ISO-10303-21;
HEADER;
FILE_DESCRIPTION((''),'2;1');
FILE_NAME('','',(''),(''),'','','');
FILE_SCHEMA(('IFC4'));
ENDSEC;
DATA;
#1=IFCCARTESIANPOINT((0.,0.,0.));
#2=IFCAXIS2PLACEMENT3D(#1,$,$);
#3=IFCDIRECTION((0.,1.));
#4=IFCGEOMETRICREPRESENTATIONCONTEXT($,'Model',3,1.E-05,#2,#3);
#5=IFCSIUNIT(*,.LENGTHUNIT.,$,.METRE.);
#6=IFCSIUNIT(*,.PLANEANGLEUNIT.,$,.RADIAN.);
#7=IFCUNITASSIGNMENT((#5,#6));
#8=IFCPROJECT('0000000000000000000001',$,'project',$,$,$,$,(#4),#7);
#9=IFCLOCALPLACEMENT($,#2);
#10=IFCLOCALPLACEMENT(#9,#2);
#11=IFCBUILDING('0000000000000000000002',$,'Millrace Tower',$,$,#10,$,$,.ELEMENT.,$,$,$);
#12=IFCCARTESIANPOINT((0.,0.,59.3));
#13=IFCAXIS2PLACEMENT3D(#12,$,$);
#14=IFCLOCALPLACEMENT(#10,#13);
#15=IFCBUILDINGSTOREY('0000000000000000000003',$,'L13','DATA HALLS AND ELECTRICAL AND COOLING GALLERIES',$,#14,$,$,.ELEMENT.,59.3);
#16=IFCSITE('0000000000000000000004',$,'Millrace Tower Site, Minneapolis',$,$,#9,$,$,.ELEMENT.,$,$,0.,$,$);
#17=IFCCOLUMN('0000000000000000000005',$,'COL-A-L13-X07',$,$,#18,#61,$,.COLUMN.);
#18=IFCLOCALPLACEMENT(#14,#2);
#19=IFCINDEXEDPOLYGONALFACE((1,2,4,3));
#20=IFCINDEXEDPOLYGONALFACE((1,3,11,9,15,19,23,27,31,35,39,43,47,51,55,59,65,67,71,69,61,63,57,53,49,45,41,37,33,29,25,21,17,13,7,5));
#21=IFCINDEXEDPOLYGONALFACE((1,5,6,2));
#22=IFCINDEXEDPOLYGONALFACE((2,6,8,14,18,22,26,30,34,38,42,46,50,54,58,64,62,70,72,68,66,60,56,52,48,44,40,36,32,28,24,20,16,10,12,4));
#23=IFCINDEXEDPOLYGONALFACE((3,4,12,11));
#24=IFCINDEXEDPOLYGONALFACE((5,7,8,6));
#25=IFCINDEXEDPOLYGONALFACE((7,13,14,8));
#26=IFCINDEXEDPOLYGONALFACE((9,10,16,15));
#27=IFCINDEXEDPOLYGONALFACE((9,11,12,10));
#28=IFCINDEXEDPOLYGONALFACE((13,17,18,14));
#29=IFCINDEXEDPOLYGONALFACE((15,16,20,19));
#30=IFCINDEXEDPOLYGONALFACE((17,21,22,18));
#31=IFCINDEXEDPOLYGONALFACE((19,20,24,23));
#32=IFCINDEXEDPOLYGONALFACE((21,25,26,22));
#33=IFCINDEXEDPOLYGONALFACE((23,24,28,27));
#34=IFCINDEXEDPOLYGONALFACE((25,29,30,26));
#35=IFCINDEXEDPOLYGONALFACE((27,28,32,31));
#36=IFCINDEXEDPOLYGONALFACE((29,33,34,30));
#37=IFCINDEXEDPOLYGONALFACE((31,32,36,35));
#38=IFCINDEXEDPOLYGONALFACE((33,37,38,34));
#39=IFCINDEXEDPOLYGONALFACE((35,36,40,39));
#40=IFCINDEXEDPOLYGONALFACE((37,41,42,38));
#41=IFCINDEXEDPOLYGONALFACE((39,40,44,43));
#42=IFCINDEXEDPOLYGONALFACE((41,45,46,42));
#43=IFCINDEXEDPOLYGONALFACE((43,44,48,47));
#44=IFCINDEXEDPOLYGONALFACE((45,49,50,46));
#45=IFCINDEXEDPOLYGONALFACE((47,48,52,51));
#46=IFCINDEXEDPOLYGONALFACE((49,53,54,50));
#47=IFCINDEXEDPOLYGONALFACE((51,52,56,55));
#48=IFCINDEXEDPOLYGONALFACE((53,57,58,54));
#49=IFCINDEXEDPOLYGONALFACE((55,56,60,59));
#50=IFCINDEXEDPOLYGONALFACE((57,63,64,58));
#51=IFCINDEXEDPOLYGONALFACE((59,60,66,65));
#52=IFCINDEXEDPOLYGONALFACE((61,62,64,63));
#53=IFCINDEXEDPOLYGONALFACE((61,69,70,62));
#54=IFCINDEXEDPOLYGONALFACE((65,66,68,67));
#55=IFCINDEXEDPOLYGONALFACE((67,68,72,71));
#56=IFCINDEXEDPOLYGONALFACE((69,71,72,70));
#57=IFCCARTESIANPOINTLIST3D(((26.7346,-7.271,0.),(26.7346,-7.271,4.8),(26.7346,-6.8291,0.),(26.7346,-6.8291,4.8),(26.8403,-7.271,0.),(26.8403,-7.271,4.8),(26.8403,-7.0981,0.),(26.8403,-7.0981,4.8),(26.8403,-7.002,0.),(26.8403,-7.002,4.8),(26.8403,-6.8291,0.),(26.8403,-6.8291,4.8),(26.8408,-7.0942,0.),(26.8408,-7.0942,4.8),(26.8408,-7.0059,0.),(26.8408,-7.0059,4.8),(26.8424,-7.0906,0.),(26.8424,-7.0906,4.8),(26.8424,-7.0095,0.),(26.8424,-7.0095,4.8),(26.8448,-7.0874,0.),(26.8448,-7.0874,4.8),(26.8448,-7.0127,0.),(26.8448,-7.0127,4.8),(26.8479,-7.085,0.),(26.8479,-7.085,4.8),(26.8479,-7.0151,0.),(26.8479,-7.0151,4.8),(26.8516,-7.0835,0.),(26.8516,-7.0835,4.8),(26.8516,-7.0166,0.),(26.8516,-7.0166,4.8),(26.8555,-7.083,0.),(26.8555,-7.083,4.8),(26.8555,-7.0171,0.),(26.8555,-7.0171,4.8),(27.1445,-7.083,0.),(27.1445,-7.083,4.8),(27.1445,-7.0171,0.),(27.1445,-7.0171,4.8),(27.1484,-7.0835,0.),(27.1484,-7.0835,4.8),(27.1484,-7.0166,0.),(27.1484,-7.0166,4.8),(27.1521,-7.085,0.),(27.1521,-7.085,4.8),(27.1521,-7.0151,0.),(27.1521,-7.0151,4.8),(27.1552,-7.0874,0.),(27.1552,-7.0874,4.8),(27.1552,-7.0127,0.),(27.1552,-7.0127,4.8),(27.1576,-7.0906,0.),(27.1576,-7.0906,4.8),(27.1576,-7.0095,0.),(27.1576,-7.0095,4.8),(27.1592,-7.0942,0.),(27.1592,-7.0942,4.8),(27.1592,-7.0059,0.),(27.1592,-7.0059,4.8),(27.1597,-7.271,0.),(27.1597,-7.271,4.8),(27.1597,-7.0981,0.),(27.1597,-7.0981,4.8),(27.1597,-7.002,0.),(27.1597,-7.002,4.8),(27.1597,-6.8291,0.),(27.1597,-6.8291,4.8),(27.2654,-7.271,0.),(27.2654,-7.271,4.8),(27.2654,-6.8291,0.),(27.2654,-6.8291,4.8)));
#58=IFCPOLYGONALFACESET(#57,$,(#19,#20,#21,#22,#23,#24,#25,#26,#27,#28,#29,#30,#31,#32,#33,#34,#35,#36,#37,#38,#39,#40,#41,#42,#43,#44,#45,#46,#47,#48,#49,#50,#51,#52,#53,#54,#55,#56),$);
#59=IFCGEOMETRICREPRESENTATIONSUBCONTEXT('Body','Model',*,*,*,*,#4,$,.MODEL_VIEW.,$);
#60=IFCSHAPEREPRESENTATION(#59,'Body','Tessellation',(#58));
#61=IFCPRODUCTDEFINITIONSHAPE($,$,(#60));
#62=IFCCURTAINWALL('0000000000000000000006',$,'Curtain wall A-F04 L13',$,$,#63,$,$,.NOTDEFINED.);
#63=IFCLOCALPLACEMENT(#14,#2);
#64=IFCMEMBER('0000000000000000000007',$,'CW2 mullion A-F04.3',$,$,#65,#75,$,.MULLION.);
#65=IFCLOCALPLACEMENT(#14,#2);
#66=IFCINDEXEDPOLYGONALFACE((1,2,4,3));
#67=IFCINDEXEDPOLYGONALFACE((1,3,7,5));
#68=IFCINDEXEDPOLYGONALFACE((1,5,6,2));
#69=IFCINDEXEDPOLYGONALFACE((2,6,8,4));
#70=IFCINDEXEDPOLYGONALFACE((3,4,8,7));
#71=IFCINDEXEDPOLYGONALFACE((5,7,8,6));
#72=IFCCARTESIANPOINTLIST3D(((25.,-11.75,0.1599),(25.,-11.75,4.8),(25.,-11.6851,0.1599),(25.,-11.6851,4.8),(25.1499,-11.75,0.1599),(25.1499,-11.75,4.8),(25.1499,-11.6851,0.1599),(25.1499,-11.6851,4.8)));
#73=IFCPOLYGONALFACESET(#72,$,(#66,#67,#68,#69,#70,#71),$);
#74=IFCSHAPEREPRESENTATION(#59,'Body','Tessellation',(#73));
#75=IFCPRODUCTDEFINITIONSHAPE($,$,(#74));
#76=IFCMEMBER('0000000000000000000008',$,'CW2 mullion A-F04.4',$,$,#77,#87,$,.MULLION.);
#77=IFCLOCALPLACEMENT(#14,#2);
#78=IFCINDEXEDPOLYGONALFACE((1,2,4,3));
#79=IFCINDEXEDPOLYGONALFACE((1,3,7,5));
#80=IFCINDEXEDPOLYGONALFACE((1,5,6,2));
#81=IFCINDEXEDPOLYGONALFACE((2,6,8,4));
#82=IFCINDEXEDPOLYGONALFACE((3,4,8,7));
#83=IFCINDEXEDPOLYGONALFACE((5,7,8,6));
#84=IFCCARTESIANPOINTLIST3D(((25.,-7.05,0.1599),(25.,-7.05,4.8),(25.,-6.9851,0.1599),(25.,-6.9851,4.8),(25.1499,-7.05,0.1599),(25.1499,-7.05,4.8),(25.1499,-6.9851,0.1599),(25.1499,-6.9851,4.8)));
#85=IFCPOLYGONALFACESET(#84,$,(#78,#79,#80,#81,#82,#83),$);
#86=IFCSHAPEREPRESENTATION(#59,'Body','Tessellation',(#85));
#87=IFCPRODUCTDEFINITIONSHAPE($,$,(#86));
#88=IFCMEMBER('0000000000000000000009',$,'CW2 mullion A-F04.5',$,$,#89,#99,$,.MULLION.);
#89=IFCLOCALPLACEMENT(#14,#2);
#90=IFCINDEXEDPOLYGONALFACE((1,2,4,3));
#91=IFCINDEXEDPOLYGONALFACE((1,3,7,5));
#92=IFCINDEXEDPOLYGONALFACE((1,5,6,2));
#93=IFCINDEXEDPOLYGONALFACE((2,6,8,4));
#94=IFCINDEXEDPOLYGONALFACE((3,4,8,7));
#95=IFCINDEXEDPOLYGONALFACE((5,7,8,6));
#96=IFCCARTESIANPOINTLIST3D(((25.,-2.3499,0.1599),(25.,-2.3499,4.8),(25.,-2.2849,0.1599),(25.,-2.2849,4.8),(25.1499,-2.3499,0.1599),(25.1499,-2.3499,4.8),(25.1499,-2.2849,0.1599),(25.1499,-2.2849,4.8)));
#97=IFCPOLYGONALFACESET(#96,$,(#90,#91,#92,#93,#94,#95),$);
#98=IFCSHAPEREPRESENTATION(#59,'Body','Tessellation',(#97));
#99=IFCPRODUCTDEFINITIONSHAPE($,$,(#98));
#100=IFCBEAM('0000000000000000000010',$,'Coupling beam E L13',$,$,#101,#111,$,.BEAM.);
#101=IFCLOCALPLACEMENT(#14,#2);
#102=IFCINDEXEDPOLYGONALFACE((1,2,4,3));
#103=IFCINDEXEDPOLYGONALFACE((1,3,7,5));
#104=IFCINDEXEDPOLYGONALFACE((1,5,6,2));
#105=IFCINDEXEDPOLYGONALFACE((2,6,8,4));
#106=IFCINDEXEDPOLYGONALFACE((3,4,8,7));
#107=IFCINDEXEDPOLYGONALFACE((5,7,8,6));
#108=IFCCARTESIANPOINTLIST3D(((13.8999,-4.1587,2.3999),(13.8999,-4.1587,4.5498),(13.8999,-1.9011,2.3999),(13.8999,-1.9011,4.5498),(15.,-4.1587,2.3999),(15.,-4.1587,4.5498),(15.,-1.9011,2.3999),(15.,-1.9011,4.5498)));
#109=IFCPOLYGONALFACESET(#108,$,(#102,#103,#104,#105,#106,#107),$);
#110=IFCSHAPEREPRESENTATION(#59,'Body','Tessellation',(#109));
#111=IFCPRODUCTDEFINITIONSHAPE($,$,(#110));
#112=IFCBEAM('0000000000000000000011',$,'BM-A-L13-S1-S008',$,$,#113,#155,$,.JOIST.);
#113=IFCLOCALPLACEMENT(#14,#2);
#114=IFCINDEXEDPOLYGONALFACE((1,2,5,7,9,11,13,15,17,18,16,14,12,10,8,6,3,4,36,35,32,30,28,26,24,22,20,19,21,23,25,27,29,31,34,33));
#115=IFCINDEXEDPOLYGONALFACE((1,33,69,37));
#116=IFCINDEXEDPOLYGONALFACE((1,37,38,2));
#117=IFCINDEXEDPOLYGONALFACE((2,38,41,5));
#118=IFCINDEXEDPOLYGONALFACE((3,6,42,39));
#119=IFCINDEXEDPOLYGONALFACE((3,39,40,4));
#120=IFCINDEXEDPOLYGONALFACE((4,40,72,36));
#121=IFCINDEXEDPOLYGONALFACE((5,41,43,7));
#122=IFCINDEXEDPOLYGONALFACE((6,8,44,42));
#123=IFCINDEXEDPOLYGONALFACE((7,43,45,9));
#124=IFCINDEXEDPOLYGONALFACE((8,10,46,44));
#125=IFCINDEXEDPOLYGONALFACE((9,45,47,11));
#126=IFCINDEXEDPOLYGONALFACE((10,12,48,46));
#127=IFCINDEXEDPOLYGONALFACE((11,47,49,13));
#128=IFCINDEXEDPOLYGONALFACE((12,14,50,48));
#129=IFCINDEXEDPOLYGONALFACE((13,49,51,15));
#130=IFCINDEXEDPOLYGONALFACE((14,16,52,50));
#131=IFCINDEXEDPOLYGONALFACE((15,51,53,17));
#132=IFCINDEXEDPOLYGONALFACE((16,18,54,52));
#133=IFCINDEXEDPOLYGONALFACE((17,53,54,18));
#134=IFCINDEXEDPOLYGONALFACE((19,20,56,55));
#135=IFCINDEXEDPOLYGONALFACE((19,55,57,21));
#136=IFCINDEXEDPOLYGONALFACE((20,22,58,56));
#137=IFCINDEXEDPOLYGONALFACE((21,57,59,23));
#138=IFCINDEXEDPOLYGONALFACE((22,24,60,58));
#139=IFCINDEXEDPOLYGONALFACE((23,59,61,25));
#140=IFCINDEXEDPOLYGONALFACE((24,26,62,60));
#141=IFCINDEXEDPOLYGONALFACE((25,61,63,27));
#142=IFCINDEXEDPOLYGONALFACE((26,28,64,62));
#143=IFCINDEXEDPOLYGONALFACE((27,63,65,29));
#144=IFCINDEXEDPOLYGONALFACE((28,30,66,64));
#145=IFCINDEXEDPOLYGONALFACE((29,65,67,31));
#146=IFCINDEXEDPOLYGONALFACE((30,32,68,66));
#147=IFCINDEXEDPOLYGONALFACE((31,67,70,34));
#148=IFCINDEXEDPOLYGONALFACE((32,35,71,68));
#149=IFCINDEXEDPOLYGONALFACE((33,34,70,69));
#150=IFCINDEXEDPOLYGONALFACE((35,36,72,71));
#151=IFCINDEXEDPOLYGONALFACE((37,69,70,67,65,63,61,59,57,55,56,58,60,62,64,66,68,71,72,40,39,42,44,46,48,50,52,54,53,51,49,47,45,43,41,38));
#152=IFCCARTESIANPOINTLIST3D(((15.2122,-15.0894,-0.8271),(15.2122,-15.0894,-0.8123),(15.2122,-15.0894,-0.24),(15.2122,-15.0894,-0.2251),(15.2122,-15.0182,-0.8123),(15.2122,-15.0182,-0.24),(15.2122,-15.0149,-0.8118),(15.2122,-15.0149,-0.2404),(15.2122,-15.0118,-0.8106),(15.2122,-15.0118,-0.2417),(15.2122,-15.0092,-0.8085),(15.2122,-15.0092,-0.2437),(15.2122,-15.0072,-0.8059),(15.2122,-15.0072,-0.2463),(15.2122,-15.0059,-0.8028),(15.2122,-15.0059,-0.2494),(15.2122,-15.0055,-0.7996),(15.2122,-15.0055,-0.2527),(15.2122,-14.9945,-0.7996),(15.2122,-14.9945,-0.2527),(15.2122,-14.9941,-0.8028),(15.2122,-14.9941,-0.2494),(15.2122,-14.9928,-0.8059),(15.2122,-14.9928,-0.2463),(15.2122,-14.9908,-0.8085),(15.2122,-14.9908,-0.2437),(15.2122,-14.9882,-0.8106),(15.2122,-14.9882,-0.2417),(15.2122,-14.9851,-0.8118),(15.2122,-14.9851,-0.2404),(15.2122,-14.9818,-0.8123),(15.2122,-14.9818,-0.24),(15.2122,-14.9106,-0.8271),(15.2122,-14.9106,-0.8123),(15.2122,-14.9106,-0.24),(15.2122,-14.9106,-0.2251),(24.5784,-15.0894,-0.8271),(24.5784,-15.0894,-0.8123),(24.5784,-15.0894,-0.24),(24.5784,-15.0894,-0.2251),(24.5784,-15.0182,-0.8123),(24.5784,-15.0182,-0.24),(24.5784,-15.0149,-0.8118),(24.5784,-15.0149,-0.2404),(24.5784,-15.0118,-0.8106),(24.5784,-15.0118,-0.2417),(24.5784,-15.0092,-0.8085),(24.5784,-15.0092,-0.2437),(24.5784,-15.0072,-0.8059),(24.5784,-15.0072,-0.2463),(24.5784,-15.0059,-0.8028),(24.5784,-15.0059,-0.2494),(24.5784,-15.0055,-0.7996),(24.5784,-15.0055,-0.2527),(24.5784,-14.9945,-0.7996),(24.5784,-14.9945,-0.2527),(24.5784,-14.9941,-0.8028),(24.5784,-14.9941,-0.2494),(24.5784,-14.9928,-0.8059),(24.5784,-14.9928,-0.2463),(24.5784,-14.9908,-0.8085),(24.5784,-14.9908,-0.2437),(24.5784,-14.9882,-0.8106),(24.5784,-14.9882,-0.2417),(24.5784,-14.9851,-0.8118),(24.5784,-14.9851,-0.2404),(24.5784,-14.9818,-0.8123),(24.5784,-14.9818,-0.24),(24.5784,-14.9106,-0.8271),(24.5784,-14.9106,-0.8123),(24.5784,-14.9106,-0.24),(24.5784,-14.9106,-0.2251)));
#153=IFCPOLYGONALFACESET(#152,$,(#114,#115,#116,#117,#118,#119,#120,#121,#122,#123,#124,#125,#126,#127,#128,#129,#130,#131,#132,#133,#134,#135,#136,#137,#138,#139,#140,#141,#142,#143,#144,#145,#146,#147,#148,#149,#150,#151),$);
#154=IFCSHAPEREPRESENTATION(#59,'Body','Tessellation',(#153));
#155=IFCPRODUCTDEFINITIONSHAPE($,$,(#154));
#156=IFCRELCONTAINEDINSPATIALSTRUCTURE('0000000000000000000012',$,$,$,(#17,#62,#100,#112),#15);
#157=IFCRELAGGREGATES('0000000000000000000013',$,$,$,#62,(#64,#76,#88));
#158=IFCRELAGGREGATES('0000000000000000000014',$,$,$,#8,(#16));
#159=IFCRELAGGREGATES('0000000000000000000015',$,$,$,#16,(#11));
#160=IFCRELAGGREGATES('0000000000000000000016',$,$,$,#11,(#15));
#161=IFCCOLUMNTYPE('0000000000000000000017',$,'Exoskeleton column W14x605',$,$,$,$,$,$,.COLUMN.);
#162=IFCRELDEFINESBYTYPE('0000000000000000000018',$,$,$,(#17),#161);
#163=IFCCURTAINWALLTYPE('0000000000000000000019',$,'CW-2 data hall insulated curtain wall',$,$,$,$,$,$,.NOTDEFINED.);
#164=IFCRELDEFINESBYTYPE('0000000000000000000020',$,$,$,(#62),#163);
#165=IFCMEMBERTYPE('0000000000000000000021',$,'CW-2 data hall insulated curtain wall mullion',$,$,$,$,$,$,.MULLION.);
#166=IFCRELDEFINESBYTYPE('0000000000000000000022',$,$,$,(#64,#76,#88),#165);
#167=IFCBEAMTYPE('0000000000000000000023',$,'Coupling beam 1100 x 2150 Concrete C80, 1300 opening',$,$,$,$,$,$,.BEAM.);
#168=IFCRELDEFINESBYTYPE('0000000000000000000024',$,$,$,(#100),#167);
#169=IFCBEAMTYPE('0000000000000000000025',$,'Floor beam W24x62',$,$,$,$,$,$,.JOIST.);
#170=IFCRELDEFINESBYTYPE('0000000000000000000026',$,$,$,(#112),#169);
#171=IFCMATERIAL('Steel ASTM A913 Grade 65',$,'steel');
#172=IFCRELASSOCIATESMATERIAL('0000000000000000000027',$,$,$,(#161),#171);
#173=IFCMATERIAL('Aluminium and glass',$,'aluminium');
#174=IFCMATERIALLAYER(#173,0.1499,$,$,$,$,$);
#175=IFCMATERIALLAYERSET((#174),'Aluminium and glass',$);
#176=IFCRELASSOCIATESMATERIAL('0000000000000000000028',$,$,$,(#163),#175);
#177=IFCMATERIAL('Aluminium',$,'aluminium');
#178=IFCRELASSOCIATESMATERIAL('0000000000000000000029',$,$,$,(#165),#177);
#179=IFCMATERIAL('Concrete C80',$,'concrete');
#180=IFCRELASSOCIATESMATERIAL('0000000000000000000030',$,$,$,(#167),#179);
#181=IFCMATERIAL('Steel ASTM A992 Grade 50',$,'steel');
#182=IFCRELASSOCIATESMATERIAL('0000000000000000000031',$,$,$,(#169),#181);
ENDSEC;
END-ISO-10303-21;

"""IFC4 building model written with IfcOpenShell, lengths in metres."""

from ifc_helpers import new_model, si_unit, direction, frame, origin, origin_2d, place, context, subcontext, project, spatial, rectangle, i_section, extrude, material, layer, layer_set, material_profile, profile_set, type_object, element, aggregate, save


model = new_model("IFC4")

# Units and contexts
model_context = context("Model", 3, precision=1e-05, world=origin(), true_north=direction((0.0, 1.0)))
body_context = subcontext(model_context, "Body", "Model", "MODEL_VIEW")
ifc_project = project(units=[si_unit("LENGTHUNIT", "METRE"), si_unit("PLANEANGLEUNIT", "RADIAN")], contexts=[model_context])

# Site, building, storey
site_placement = place(None, origin())
site = spatial("IfcSite", under=ifc_project, at=site_placement, Name="Millrace Tower Site, Minneapolis", CompositionType="ELEMENT", RefElevation=0.0)
building_placement = place(site_placement, origin())
building = spatial("IfcBuilding", under=site, at=building_placement, Name="Millrace Tower", CompositionType="ELEMENT")
storey_placement = place(building_placement, frame((0.0, 0.0, 59.3)))
storey = spatial("IfcBuildingStorey", under=building, at=storey_placement, Name="L13", Description="DATA HALLS AND ELECTRICAL AND COOLING GALLERIES", CompositionType="ELEMENT", Elevation=59.3)

# Column
ifc_material_1 = material(Name="Steel ASTM A913 Grade 65", Category="steel")
ifc_material_profile_1 = material_profile(ifc_material_1, i_section(OverallWidth=0.4419, OverallDepth=0.5308, WebThickness=0.0659, FlangeThickness=0.1057, FilletRadius=0.0151, at=origin_2d()))
ifc_profile_set_1 = profile_set([ifc_material_profile_1], Name="Steel ASTM A913 Grade 65")
column_type = type_object("IfcColumnType", Name="Exoskeleton column W14x605", PredefinedType="COLUMN", material=ifc_profile_set_1)
column_placement = place(storey_placement, frame((27.0, -7.05, 0.0), z_axis=(0.0, 0.0, 1.0), x_axis=(0.0, 1.0, 0.0)))
element("IfcColumn", 1, at=column_placement, inside=storey, type_object=column_type, Name="COL-A-L13-X07", PredefinedType="COLUMN", context=body_context, shape_type="SweptSolid", body=[
    extrude(i_section(OverallWidth=0.4419, OverallDepth=0.5308, WebThickness=0.0659, FlangeThickness=0.1057, FilletRadius=0.0151, at=origin_2d()), origin(), (0.0, 0.0, 1.0), 4.8),
])

# Curtain wall, members
ifc_material_2 = material(Name="Aluminium and glass", Category="aluminium")
ifc_layer_1 = layer(ifc_material_2, 0.1499)
ifc_layer_set_1 = layer_set([ifc_layer_1], Name="Aluminium and glass")
curtain_wall_type = type_object("IfcCurtainWallType", Name="CW-2 data hall insulated curtain wall", PredefinedType="NOTDEFINED", material=ifc_layer_set_1)
placement = place(storey_placement, origin())
curtain_wall = element("IfcCurtainWall", 2, at=placement, inside=storey, type_object=curtain_wall_type, Name="Curtain wall A-F04 L13", PredefinedType="NOTDEFINED")
ifc_material_3 = material(Name="Aluminium", Category="aluminium")
ifc_material_profile_2 = material_profile(ifc_material_3, rectangle(XDim=0.0649, YDim=0.1499, at=origin_2d()))
ifc_profile_set_2 = profile_set([ifc_material_profile_2], Name="Aluminium")
member_type = type_object("IfcMemberType", Name="CW-2 data hall insulated curtain wall mullion", PredefinedType="MULLION", material=ifc_profile_set_2)
member_1_placement = place(storey_placement, frame((25.075, -11.7175, 0.1599), z_axis=(0.0, 0.0, 1.0), x_axis=(0.0, 1.0, 0.0)))
member_1 = element("IfcMember", 3, at=member_1_placement, type_object=member_type, Name="CW2 mullion A-F04.3", PredefinedType="MULLION", context=body_context, shape_type="SweptSolid", body=[
    extrude(rectangle(XDim=0.0649, YDim=0.1499, at=origin_2d()), origin(), (0.0, 0.0, 1.0), 4.6401),
])
member_2_placement = place(storey_placement, frame((25.075, -7.0176, 0.1599), z_axis=(0.0, 0.0, 1.0), x_axis=(0.0, 1.0, 0.0)))
member_2 = element("IfcMember", 4, at=member_2_placement, type_object=member_type, Name="CW2 mullion A-F04.4", PredefinedType="MULLION", context=body_context, shape_type="SweptSolid", body=[
    extrude(rectangle(XDim=0.0649, YDim=0.1499, at=origin_2d()), origin(), (0.0, 0.0, 1.0), 4.6401),
])
member_3_placement = place(storey_placement, frame((25.075, -2.3174, 0.1599), z_axis=(0.0, 0.0, 1.0), x_axis=(0.0, 1.0, 0.0)))
member_3 = element("IfcMember", 5, at=member_3_placement, type_object=member_type, Name="CW2 mullion A-F04.5", PredefinedType="MULLION", context=body_context, shape_type="SweptSolid", body=[
    extrude(rectangle(XDim=0.0649, YDim=0.1499, at=origin_2d()), origin(), (0.0, 0.0, 1.0), 4.6401),
])
aggregate(curtain_wall, [member_1, member_2, member_3])

# Beams
ifc_material_4 = material(Name="Concrete C80", Category="concrete")
ifc_material_profile_3 = material_profile(ifc_material_4, rectangle(XDim=1.1001, YDim=2.1499, at=origin_2d()))
ifc_profile_set_3 = profile_set([ifc_material_profile_3], Name="Concrete C80")
beam_type_1 = type_object("IfcBeamType", Name="Coupling beam 1100 x 2150 Concrete C80, 1300 opening", PredefinedType="BEAM", material=ifc_profile_set_3)
beam_1_placement = place(storey_placement, frame((14.45, -1.9011, 3.4749), z_axis=(0.0, -1.0, 0.0), x_axis=(1.0, 0.0, 0.0)))
element("IfcBeam", 6, at=beam_1_placement, inside=storey, type_object=beam_type_1, Name="Coupling beam E L13", PredefinedType="BEAM", context=body_context, shape_type="SweptSolid", body=[
    extrude(rectangle(XDim=1.1001, YDim=2.1499, at=origin_2d()), origin(), (0.0, 0.0, 1.0), 2.2576),
])
ifc_material_5 = material(Name="Steel ASTM A992 Grade 50", Category="steel")
ifc_material_profile_4 = material_profile(ifc_material_5, i_section(OverallWidth=0.1787, OverallDepth=0.6021, WebThickness=0.011, FlangeThickness=0.0149, FilletRadius=0.0127, at=origin_2d()))
ifc_profile_set_4 = profile_set([ifc_material_profile_4], Name="Steel ASTM A992 Grade 50")
beam_type_2 = type_object("IfcBeamType", Name="Floor beam W24x62", PredefinedType="JOIST", material=ifc_profile_set_4)
for number, where, z_axis, x_axis, name in (
    (7, (15.2122, -15.0, -0.5261), (1.0, 0.0, 0.0), (0.0, 1.0, 0.0), "BM-A-L13-S1-S008"),
):
    element("IfcBeam", number, at=place(storey_placement, frame(where, z_axis=z_axis, x_axis=x_axis)), inside=storey, type_object=beam_type_2, Name=name, PredefinedType="JOIST", context=body_context, shape_type="SweptSolid", body=[
        extrude(i_section(OverallWidth=0.1787, OverallDepth=0.6021, WebThickness=0.011, FlangeThickness=0.0149, FilletRadius=0.0127, at=origin_2d()), origin(), (0.0, 0.0, 1.0), 9.3662),
    ])

save(model, "model.ifc")
